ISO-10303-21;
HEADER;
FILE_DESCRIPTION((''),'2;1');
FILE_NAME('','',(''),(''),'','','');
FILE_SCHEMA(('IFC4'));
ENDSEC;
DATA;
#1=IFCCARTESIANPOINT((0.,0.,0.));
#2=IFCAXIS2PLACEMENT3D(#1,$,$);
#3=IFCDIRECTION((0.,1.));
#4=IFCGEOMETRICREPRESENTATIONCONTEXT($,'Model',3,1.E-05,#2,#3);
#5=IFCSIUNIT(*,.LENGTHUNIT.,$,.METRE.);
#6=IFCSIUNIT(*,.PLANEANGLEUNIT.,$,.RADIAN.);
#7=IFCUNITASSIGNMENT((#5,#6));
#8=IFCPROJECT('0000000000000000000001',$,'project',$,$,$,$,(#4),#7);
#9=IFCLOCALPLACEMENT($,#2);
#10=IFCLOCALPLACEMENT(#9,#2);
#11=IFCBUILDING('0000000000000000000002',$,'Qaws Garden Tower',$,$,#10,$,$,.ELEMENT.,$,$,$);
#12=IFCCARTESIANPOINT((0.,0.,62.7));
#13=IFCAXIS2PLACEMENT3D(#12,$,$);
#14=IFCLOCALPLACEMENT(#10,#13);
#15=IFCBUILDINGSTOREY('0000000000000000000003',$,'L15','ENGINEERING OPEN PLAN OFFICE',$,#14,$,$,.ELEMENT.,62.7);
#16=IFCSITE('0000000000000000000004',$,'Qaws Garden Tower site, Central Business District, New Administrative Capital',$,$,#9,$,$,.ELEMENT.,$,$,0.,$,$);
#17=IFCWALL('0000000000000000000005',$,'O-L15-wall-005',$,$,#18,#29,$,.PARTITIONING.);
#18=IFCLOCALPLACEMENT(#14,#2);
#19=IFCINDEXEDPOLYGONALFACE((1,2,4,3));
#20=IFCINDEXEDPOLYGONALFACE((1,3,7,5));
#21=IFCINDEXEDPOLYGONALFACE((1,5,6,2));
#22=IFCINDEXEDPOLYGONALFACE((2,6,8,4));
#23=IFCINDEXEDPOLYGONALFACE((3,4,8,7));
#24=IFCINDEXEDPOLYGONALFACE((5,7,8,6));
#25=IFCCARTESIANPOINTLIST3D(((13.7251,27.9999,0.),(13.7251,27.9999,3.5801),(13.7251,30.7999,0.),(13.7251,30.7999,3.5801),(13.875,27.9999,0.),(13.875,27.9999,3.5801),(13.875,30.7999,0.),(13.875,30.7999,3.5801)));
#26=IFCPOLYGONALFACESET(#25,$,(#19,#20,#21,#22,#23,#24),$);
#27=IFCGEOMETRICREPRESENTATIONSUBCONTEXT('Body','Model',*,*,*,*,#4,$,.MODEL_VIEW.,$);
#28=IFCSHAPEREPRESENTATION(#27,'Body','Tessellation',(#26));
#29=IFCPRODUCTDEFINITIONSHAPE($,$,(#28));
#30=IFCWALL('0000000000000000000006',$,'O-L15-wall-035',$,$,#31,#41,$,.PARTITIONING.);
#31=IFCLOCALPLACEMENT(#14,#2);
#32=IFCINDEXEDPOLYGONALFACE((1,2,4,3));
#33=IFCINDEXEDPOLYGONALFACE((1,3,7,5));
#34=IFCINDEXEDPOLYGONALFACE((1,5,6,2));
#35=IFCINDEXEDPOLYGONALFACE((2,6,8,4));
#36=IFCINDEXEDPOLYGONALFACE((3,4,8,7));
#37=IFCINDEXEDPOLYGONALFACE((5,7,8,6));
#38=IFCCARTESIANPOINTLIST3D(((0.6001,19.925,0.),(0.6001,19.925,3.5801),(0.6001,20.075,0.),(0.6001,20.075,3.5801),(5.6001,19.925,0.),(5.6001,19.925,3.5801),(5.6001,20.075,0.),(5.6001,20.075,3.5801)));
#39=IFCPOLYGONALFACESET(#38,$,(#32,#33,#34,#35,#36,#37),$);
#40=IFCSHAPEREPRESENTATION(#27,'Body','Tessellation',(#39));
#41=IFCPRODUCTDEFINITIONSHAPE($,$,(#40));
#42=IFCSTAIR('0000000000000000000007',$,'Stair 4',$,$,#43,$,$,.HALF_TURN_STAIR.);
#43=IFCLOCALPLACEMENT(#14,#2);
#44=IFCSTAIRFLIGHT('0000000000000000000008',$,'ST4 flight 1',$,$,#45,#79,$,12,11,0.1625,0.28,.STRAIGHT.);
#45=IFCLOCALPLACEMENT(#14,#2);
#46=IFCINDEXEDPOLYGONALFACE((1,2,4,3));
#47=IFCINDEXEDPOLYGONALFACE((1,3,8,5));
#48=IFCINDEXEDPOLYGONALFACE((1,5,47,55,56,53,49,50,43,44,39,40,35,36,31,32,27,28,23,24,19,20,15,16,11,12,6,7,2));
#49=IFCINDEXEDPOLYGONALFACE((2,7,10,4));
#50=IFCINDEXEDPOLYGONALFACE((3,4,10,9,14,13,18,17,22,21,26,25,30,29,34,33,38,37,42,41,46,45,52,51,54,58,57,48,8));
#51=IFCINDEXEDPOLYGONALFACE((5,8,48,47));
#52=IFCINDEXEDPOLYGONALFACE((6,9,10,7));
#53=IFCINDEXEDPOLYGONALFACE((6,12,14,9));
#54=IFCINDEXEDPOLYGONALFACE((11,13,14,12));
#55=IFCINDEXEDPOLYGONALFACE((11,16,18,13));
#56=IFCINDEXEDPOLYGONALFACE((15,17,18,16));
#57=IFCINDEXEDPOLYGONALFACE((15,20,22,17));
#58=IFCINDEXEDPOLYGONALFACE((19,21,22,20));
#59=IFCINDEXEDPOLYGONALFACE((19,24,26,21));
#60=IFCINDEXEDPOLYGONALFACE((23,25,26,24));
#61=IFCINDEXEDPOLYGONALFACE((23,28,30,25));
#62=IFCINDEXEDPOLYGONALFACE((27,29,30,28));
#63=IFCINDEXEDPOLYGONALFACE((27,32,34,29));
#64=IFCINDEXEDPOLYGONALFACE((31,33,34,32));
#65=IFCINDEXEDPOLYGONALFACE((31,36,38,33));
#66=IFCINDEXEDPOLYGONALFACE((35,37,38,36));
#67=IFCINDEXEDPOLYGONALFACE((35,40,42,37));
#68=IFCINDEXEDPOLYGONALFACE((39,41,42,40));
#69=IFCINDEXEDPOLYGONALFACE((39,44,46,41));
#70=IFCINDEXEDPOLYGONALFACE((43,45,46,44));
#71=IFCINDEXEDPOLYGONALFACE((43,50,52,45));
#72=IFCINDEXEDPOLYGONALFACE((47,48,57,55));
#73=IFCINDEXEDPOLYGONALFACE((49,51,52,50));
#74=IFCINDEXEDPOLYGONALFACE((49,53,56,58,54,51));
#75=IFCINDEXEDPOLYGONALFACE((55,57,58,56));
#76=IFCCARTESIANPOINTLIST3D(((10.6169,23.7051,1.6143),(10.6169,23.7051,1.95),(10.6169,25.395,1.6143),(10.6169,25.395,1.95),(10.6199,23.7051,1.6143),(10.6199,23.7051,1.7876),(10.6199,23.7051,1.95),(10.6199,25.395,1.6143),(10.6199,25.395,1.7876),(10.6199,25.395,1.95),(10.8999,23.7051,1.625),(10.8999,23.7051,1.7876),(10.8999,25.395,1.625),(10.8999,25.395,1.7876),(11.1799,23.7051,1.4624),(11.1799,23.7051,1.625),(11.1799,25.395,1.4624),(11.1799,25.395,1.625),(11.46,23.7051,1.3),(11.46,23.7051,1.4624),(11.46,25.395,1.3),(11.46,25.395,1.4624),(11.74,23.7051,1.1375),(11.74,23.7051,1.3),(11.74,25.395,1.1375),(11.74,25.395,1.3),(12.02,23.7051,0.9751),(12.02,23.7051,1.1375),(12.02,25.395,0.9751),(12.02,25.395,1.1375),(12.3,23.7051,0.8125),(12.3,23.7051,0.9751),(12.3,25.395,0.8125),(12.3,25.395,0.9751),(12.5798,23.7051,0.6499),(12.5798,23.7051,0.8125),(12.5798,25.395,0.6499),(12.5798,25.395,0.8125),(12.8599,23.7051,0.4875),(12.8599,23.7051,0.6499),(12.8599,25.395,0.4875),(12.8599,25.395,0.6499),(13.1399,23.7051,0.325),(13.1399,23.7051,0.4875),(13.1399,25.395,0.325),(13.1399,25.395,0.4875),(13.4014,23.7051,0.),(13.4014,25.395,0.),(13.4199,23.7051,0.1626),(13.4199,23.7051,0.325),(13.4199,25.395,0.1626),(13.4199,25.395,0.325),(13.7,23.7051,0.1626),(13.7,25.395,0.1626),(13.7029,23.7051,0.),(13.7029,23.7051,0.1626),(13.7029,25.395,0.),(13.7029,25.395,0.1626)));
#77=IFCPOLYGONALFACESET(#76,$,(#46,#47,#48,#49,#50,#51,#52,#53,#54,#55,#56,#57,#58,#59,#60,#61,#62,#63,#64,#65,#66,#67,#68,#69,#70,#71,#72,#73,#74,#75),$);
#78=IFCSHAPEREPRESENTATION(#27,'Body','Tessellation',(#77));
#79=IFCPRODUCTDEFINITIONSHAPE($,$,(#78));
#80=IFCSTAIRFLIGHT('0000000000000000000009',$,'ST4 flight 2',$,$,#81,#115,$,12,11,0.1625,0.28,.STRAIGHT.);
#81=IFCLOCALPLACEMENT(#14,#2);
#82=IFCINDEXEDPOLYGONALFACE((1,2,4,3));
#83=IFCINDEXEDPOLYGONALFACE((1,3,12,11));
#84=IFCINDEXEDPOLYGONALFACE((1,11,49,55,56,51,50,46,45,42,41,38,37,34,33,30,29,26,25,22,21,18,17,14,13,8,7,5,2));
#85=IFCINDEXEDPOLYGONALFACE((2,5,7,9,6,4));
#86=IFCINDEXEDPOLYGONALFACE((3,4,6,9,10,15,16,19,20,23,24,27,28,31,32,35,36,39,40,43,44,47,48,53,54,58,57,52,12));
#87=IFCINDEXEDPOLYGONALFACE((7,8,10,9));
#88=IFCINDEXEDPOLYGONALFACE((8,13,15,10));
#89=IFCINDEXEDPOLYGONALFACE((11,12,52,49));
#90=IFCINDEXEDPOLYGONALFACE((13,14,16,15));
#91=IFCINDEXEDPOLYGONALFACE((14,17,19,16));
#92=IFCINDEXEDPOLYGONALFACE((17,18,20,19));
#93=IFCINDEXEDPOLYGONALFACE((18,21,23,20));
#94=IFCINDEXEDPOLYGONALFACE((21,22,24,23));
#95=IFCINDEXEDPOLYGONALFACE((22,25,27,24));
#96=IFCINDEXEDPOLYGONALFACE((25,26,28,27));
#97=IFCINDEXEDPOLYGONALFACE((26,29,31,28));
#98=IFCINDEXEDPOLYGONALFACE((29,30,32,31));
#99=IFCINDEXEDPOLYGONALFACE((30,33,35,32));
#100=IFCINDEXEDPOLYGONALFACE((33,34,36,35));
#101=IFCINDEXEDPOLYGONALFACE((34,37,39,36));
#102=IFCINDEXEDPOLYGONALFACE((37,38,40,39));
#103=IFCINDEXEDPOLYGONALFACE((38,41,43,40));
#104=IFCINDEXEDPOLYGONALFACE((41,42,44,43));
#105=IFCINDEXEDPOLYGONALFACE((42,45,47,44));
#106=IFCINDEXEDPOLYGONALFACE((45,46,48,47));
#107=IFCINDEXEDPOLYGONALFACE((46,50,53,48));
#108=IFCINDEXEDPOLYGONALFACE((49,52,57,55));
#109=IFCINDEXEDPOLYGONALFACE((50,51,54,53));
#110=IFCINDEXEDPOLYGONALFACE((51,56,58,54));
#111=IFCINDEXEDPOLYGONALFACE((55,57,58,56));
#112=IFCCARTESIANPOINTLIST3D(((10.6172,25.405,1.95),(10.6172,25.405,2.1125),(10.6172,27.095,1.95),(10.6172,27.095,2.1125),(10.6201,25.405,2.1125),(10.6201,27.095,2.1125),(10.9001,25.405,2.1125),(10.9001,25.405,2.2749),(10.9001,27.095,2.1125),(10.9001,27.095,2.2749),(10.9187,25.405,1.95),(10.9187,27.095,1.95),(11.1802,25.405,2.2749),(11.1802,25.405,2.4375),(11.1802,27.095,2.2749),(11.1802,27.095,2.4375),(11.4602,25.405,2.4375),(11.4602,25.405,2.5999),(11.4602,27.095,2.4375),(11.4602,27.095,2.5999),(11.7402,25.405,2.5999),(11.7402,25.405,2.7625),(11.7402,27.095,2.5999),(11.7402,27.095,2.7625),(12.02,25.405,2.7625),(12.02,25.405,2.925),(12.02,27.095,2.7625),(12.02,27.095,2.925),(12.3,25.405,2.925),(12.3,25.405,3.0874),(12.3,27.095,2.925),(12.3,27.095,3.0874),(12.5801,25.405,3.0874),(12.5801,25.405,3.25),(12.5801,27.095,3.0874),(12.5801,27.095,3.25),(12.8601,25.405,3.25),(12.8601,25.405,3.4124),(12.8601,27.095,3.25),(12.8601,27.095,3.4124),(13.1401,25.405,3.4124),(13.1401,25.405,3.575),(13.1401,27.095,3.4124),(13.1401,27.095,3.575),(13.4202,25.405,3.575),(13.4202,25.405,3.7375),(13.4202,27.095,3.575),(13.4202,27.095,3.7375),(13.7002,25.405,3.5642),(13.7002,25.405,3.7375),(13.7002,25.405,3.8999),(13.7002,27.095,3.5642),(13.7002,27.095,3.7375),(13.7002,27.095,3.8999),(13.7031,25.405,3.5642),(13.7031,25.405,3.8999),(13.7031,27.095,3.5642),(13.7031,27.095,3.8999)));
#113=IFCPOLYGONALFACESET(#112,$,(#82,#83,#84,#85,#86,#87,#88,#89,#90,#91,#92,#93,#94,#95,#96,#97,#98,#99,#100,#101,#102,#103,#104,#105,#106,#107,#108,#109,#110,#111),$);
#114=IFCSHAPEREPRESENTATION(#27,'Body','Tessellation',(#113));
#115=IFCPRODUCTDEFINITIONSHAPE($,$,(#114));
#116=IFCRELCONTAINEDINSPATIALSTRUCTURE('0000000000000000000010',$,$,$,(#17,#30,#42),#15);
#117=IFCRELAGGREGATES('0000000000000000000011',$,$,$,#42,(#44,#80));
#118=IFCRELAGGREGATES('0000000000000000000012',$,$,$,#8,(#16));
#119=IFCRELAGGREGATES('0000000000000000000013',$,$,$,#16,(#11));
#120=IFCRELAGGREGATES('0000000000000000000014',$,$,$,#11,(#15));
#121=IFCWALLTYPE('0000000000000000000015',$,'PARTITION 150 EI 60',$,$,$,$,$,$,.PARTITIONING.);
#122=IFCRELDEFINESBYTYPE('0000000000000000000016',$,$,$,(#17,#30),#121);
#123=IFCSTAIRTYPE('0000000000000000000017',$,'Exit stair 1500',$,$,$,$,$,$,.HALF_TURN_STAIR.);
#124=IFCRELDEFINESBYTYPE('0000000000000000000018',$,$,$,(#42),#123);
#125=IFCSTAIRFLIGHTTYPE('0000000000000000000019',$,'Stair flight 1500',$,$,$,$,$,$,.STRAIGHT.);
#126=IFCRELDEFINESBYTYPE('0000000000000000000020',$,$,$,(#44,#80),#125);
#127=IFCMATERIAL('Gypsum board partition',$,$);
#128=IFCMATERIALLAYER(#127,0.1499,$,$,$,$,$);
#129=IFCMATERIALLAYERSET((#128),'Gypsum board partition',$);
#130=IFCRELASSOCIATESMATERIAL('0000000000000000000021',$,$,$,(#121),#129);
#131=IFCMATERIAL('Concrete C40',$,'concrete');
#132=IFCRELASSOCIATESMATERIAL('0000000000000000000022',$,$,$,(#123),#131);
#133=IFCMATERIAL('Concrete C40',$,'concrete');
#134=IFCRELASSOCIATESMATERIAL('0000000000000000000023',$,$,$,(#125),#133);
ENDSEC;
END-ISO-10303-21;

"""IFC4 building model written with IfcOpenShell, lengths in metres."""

from ifc_helpers import new_model, si_unit, direction, frame, frame_2d, origin, place, context, subcontext, project, spatial, polyline, rectangle, outline, extrude, material, layer, layer_set, type_object, element, aggregate, save


model = new_model("IFC4")

# Units and contexts
model_context = context("Model", 3, precision=1e-05, world=origin(), true_north=direction((0.0, 1.0)))
body_context = subcontext(model_context, "Body", "Model", "MODEL_VIEW")
ifc_project = project(units=[si_unit("LENGTHUNIT", "METRE"), si_unit("PLANEANGLEUNIT", "RADIAN")], contexts=[model_context])

# Site, building, storey
site_placement = place(None, origin())
site = spatial("IfcSite", under=ifc_project, at=site_placement, Name="Qaws Garden Tower site, Central Business District, New Administrative Capital", CompositionType="ELEMENT", RefElevation=0.0)
building_placement = place(site_placement, origin())
building = spatial("IfcBuilding", under=site, at=building_placement, Name="Qaws Garden Tower", CompositionType="ELEMENT")
storey_placement = place(building_placement, frame((0.0, 0.0, 62.7)))
storey = spatial("IfcBuildingStorey", under=building, at=storey_placement, Name="L15", Description="ENGINEERING OPEN PLAN OFFICE", CompositionType="ELEMENT", Elevation=62.7)

# Walls
ifc_material_1 = material(Name="Gypsum board partition")
ifc_layer_1 = layer(ifc_material_1, 0.1499)
ifc_layer_set_1 = layer_set([ifc_layer_1], Name="Gypsum board partition")
wall_type_1 = type_object("IfcWallType", Name="PARTITION 150 EI 60", PredefinedType="PARTITIONING", material=ifc_layer_set_1)
wall_1_placement = place(storey_placement, frame((13.8, 28.0, 0.0), z_axis=(0.0, 0.0, 1.0), x_axis=(0.0, 1.0, 0.0)))
element("IfcWall", 1, at=wall_1_placement, inside=storey, type_object=wall_type_1, Name="O-L15-wall-005", PredefinedType="PARTITIONING", context=body_context, shape_type="SweptSolid", body=[
    extrude(rectangle(XDim=2.8, YDim=0.1499, at=frame_2d((1.3999, 0.0))), origin(), (0.0, 0.0, 1.0), 3.5801),
])
wall_2_placement = place(storey_placement, frame((0.6001, 20.0, 0.0), z_axis=(0.0, 0.0, 1.0), x_axis=(1.0, 0.0, 0.0)))
element("IfcWall", 2, at=wall_2_placement, inside=storey, type_object=wall_type_1, Name="O-L15-wall-035", PredefinedType="PARTITIONING", context=body_context, shape_type="SweptSolid", body=[
    extrude(rectangle(XDim=5.0, YDim=0.1499, at=frame_2d((2.5, 0.0))), origin(), (0.0, 0.0, 1.0), 3.5801),
])

# Stair, stair flights
ifc_material_2 = material(Name="Concrete C40", Category="concrete")
stair_type = type_object("IfcStairType", Name="Exit stair 1500", PredefinedType="HALF_TURN_STAIR", material=ifc_material_2)
stair_placement = place(storey_placement, origin())
stair = element("IfcStair", 3, at=stair_placement, inside=storey, type_object=stair_type, Name="Stair 4", PredefinedType="HALF_TURN_STAIR")
ifc_material_3 = material(Name="Concrete C40", Category="concrete")
stair_flight_type = type_object("IfcStairFlightType", Name="Stair flight 1500", PredefinedType="STRAIGHT", material=ifc_material_3)
stair_flight_1_placement = place(storey_placement, frame((13.7, 24.55, 0.0), z_axis=(0.0, 0.0, 1.0), x_axis=(-1.0, 0.0, 0.0)))
stair_flight_1 = element("IfcStairFlight", 4, at=stair_flight_1_placement, type_object=stair_flight_type, Name="ST4 flight 1", NumberOfRisers=12, NumberOfTreads=11, PredefinedType="STRAIGHT", RiserHeight=0.1625, TreadLength=0.28, context=body_context, shape_type="SweptSolid", body=[
    extrude(outline(polyline([(-0.0029, 0.0), (-0.0029, 0.1626), (0.0, 0.1626), (0.28, 0.1626), (0.28, 0.325), (0.5601, 0.325), (0.5601, 0.4875), (0.8401, 0.4875), (0.8401, 0.6499), (1.1201, 0.6499), (1.1201, 0.8125), (1.3999, 0.8125), (1.3999, 0.9751), (1.6799, 0.9751), (1.6799, 1.1375), (1.96, 1.1375), (1.96, 1.3), (2.24, 1.3), (2.24, 1.4624), (2.52, 1.4624), (2.52, 1.625), (2.8, 1.625), (2.8, 1.7876), (3.0801, 1.7876), (3.0801, 1.95), (3.083, 1.95), (3.083, 1.6143), (3.0801, 1.6143), (0.2986, 0.0), (-0.0029, 0.0)])), frame((0.0, 0.845, 0.0), z_axis=(0.0, -1.0, 0.0), x_axis=(1.0, 0.0, 0.0)), (0.0, 0.0, 1.0), 1.6899),
])
stair_flight_2_placement = place(storey_placement, frame((10.6201, 26.25, 1.95), z_axis=(0.0, 0.0, 1.0), x_axis=(1.0, 0.0, 0.0)))
stair_flight_2 = element("IfcStairFlight", 5, at=stair_flight_2_placement, type_object=stair_flight_type, Name="ST4 flight 2", NumberOfRisers=12, NumberOfTreads=11, PredefinedType="STRAIGHT", RiserHeight=0.1625, TreadLength=0.28, context=body_context, shape_type="SweptSolid", body=[
    extrude(outline(polyline([(-0.0029, 0.0), (-0.0029, 0.1626), (0.0, 0.1626), (0.28, 0.1626), (0.28, 0.325), (0.5601, 0.325), (0.5601, 0.4875), (0.8401, 0.4875), (0.8401, 0.6499), (1.1201, 0.6499), (1.1201, 0.8125), (1.3999, 0.8125), (1.3999, 0.9751), (1.6799, 0.9751), (1.6799, 1.1375), (1.96, 1.1375), (1.96, 1.3), (2.24, 1.3), (2.24, 1.4624), (2.52, 1.4624), (2.52, 1.625), (2.8, 1.625), (2.8, 1.7876), (3.0801, 1.7876), (3.0801, 1.95), (3.083, 1.95), (3.083, 1.6143), (3.0801, 1.6143), (0.2986, 0.0), (-0.0029, 0.0)])), frame((0.0, 0.845, 0.0), z_axis=(0.0, -1.0, 0.0), x_axis=(1.0, 0.0, 0.0)), (0.0, 0.0, 1.0), 1.6899),
])
aggregate(stair, [stair_flight_1, stair_flight_2])

save(model, "model.ifc")
